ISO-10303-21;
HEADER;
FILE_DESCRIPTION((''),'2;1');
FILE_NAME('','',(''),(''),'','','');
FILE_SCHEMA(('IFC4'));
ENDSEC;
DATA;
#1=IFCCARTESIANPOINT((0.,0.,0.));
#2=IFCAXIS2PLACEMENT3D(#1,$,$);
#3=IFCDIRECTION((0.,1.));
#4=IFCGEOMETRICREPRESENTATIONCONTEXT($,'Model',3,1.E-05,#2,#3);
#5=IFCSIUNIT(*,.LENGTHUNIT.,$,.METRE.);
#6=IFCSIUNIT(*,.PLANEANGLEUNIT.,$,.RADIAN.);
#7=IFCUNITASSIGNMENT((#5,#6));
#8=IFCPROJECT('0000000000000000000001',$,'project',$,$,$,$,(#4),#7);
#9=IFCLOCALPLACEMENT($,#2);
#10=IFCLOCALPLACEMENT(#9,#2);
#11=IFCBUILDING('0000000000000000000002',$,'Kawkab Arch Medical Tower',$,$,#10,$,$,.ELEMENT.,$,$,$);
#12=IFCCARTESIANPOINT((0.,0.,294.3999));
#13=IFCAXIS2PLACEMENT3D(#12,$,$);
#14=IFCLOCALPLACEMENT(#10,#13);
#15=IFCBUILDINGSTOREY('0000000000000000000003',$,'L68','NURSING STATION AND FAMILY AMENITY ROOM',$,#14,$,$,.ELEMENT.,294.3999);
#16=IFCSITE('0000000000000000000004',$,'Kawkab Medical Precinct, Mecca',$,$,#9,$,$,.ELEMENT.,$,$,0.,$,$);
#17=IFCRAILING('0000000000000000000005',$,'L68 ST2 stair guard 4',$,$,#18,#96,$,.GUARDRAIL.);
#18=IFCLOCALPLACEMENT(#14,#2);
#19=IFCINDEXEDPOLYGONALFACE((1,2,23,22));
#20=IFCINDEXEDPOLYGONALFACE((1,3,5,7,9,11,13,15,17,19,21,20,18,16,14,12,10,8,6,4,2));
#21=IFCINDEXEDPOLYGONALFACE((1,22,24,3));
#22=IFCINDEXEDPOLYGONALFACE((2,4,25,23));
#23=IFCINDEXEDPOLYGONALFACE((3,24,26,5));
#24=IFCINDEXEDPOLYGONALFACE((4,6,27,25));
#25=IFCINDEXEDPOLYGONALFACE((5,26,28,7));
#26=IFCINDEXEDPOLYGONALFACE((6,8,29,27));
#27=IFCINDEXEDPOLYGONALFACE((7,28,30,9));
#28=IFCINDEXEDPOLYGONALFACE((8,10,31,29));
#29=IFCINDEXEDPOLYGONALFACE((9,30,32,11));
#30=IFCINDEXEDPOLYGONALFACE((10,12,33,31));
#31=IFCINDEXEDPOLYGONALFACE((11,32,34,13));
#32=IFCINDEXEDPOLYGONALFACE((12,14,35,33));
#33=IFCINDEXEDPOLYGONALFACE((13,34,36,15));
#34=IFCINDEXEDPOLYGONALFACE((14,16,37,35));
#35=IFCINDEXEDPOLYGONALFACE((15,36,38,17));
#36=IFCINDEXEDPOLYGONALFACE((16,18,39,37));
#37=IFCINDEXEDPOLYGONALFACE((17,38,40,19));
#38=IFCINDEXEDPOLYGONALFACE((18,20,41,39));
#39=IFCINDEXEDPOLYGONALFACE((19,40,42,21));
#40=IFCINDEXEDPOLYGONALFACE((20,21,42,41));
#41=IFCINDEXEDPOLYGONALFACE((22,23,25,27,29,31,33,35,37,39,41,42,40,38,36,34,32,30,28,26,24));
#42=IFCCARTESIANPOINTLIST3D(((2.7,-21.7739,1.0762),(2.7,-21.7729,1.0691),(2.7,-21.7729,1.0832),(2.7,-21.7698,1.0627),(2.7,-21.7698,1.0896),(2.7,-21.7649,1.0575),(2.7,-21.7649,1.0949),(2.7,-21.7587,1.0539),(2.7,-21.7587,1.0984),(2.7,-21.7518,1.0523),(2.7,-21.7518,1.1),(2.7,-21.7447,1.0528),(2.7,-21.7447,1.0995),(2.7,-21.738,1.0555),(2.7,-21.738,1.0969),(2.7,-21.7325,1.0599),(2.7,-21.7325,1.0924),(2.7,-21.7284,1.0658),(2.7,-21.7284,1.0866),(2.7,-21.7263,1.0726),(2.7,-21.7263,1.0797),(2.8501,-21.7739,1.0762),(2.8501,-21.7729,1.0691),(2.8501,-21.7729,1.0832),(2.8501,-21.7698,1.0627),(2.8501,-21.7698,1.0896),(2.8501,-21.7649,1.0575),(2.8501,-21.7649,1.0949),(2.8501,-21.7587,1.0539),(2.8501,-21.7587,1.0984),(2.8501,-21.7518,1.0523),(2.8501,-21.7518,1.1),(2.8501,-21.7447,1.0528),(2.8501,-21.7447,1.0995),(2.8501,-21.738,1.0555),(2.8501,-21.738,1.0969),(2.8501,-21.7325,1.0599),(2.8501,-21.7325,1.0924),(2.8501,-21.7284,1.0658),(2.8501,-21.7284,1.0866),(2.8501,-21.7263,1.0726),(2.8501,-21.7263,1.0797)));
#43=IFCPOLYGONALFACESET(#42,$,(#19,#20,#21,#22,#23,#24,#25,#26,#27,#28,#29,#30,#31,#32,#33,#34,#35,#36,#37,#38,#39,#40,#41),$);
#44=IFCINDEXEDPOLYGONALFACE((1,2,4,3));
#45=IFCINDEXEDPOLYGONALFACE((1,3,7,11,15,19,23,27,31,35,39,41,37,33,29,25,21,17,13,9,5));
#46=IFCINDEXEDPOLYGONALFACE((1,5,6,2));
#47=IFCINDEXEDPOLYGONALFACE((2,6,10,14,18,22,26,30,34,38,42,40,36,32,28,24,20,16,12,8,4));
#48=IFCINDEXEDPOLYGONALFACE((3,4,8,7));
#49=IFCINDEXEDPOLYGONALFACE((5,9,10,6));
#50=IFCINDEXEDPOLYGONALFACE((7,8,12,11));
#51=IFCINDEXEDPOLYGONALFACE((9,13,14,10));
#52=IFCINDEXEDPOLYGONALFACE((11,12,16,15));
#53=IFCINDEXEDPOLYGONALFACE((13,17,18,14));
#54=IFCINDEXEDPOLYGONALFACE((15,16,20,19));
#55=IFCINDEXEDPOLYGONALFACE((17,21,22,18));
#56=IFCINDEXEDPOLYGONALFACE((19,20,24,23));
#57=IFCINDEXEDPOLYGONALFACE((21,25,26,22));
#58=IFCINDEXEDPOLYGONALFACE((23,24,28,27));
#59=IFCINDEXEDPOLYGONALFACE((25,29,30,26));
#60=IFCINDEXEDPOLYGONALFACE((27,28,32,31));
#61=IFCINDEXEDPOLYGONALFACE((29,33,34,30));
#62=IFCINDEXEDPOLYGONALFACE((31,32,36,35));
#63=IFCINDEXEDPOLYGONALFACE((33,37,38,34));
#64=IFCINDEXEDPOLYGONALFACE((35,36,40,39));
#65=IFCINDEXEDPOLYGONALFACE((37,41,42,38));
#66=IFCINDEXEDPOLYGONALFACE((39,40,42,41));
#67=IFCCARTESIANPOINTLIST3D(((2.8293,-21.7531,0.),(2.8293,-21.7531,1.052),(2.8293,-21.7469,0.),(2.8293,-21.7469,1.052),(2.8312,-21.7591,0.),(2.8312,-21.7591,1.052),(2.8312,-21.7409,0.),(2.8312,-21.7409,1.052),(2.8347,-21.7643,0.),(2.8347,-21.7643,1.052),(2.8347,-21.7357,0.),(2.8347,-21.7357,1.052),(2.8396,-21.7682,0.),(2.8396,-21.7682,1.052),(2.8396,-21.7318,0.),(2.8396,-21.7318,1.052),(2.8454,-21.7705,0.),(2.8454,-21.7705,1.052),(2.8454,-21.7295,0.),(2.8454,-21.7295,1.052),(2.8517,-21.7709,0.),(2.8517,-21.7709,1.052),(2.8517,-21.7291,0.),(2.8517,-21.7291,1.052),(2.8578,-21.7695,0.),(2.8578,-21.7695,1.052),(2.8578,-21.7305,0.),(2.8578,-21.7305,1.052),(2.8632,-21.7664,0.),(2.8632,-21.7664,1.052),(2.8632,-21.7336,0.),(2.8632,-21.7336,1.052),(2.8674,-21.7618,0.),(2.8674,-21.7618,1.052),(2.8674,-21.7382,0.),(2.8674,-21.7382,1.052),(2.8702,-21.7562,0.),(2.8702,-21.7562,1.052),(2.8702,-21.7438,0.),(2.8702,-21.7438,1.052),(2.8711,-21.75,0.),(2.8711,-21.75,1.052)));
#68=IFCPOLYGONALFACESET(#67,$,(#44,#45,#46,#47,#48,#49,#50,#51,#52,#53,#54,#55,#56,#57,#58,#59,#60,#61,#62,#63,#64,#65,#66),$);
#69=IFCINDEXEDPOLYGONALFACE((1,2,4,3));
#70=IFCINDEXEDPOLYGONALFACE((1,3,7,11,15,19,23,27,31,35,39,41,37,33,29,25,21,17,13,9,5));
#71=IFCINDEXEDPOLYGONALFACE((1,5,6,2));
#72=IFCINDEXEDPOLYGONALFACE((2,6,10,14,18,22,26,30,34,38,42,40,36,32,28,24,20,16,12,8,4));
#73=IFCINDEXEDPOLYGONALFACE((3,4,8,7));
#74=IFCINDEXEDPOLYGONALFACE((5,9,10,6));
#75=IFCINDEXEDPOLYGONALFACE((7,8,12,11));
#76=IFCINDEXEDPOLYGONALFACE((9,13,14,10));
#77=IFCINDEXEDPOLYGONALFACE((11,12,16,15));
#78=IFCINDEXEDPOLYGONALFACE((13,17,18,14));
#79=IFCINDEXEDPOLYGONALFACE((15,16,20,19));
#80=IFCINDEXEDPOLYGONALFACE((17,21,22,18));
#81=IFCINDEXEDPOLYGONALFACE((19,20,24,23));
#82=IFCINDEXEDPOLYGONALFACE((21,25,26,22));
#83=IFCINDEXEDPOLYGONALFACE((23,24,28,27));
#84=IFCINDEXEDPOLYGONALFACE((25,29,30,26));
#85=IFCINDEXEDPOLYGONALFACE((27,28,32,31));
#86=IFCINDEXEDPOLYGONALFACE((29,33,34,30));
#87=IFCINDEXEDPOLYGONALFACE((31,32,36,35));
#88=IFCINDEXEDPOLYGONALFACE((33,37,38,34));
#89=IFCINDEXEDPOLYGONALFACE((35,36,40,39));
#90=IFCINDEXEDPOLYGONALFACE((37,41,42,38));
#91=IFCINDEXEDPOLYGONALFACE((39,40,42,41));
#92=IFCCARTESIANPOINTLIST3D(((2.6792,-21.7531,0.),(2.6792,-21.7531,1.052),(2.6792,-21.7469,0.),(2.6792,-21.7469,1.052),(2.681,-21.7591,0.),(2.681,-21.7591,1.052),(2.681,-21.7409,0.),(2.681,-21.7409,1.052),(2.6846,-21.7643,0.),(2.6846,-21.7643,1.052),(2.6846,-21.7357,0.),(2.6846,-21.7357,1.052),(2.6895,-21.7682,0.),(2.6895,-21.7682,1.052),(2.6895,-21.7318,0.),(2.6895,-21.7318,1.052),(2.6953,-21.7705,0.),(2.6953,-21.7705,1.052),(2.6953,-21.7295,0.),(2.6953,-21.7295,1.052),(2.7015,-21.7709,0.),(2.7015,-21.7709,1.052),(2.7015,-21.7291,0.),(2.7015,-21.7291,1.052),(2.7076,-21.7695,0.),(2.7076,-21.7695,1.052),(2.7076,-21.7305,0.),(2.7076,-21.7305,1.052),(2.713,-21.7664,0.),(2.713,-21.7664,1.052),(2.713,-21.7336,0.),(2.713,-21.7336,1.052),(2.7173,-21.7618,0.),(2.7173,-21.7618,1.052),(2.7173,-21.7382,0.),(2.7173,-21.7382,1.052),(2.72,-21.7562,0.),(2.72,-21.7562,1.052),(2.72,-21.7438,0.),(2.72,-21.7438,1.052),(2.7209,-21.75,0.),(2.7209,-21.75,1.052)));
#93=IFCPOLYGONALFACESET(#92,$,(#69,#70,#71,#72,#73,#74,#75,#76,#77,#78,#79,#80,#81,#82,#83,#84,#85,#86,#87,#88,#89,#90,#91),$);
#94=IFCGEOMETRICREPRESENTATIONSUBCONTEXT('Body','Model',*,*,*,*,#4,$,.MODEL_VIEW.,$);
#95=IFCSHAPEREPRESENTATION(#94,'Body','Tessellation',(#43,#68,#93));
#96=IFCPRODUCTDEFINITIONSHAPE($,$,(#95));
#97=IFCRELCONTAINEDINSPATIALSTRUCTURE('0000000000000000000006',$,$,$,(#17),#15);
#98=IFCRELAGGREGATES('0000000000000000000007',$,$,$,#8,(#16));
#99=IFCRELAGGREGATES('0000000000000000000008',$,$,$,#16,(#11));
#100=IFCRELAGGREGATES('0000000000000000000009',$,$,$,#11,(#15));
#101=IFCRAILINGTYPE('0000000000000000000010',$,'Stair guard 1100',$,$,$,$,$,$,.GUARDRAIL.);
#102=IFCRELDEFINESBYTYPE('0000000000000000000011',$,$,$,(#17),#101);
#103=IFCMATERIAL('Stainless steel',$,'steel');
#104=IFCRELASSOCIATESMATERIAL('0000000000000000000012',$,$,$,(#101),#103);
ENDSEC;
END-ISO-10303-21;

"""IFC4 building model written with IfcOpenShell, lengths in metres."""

from ifc_helpers import new_model, si_unit, direction, frame, origin, origin_2d, place, context, subcontext, project, spatial, circle, extrude, material, type_object, element, save


model = new_model("IFC4")

# Units and contexts
model_context = context("Model", 3, precision=1e-05, world=origin(), true_north=direction((0.0, 1.0)))
body_context = subcontext(model_context, "Body", "Model", "MODEL_VIEW")
ifc_project = project(units=[si_unit("LENGTHUNIT", "METRE"), si_unit("PLANEANGLEUNIT", "RADIAN")], contexts=[model_context])

# Site, building, storey
site_placement = place(None, origin())
site = spatial("IfcSite", under=ifc_project, at=site_placement, Name="Kawkab Medical Precinct, Mecca", CompositionType="ELEMENT", RefElevation=0.0)
building_placement = place(site_placement, origin())
building = spatial("IfcBuilding", under=site, at=building_placement, Name="Kawkab Arch Medical Tower", CompositionType="ELEMENT")
storey_placement = place(building_placement, frame((0.0, 0.0, 294.3999)))
storey = spatial("IfcBuildingStorey", under=building, at=storey_placement, Name="L68", Description="NURSING STATION AND FAMILY AMENITY ROOM", CompositionType="ELEMENT", Elevation=294.3999)

# Railing
ifc_material_1 = material(Name="Stainless steel", Category="steel")
railing_type = type_object("IfcRailingType", Name="Stair guard 1100", PredefinedType="GUARDRAIL", material=ifc_material_1)
railing_1_placement = place(storey_placement, frame((2.8501, -21.75, 0.0)))
element("IfcRailing", 1, at=railing_1_placement, inside=storey, type_object=railing_type, Name="L68 ST2 stair guard 4", PredefinedType="GUARDRAIL", context=body_context, shape_type="SweptSolid", body=[
    extrude(circle(Radius=0.0239, at=origin_2d()), frame((0.0, 0.0, 1.0762), z_axis=(-1.0, 0.0, 0.0), x_axis=(0.0, -1.0, 0.0)), (0.0, 0.0, 1.0), 0.1501),
    extrude(circle(Radius=0.021, at=origin_2d()), origin(), (0.0, 0.0, 1.0), 1.052),
    extrude(circle(Radius=0.021, at=origin_2d()), frame((-0.1501, 0.0, 0.0)), (0.0, 0.0, 1.0), 1.052),
])

save(model, "model.ifc")
